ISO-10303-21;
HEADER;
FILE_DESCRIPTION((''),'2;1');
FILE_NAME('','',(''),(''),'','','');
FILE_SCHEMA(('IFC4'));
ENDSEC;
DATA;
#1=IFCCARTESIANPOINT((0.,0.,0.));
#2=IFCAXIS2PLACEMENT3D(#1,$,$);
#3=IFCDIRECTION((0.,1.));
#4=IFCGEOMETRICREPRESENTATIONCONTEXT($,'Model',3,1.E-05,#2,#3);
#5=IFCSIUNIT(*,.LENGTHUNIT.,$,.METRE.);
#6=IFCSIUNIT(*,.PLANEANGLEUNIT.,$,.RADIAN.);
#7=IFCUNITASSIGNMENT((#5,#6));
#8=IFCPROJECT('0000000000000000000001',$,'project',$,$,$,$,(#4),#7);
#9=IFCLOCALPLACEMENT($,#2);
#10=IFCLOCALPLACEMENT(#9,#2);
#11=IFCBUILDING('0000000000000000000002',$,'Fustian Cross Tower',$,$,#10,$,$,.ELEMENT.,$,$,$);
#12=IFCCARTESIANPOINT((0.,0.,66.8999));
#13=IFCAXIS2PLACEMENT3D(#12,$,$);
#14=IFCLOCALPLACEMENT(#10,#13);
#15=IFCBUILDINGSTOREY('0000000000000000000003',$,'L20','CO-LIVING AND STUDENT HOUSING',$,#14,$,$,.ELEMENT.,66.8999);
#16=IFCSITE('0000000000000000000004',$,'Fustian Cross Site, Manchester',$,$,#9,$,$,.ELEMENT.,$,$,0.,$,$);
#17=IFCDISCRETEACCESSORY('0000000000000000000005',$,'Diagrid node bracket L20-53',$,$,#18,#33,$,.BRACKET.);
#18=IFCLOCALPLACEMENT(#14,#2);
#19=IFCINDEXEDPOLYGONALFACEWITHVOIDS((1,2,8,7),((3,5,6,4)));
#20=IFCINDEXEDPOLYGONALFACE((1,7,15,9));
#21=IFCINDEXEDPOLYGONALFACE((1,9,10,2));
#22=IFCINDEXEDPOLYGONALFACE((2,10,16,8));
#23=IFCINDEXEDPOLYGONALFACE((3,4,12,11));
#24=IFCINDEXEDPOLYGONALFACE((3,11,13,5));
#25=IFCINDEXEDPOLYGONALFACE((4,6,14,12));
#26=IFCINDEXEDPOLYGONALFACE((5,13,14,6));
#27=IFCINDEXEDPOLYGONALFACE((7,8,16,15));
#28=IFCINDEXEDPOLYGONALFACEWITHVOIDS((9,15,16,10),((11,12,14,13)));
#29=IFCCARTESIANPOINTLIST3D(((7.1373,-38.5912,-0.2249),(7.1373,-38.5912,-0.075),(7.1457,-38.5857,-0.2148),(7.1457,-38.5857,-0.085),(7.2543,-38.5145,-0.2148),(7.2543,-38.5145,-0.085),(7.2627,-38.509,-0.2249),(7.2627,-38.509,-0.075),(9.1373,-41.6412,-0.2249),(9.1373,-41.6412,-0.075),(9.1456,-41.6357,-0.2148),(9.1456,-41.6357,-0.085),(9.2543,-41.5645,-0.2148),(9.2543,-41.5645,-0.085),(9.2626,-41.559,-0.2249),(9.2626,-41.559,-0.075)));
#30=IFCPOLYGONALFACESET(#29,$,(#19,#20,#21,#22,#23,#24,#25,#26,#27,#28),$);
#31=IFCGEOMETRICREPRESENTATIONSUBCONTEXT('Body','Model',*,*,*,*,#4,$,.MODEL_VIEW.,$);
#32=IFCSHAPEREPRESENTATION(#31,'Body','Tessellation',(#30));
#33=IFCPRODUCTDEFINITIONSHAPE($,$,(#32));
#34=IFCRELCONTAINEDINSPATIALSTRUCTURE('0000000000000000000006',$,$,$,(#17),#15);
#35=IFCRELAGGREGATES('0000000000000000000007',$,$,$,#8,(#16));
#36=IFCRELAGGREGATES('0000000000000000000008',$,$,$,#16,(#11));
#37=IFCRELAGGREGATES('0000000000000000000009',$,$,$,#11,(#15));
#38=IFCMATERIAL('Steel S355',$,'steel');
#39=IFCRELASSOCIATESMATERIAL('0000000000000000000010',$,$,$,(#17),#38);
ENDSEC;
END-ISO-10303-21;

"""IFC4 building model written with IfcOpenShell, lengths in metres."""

from ifc_helpers import new_model, si_unit, direction, frame, origin, origin_2d, place, context, subcontext, project, spatial, hollow_rectangle, extrude, material, element, save


model = new_model("IFC4")

# Units and contexts
model_context = context("Model", 3, precision=1e-05, world=origin(), true_north=direction((0.0, 1.0)))
body_context = subcontext(model_context, "Body", "Model", "MODEL_VIEW")
ifc_project = project(units=[si_unit("LENGTHUNIT", "METRE"), si_unit("PLANEANGLEUNIT", "RADIAN")], contexts=[model_context])

# Site, building, storey
site_placement = place(None, origin())
site = spatial("IfcSite", under=ifc_project, at=site_placement, Name="Fustian Cross Site, Manchester", CompositionType="ELEMENT", RefElevation=0.0)
building_placement = place(site_placement, origin())
building = spatial("IfcBuilding", under=site, at=building_placement, Name="Fustian Cross Tower", CompositionType="ELEMENT")
storey_placement = place(building_placement, frame((0.0, 0.0, 66.8999)))
storey = spatial("IfcBuildingStorey", under=building, at=storey_placement, Name="L20", Description="CO-LIVING AND STUDENT HOUSING", CompositionType="ELEMENT", Elevation=66.8999)

# Discrete accessory
ifc_material_1 = material(Name="Steel S355", Category="steel")
discrete_accessory_1_placement = place(storey_placement, frame((9.2, -41.6001, -0.1499), z_axis=(-0.548351, 0.836248, 0.0), x_axis=(-0.836248, -0.548351, 0.0)))
element("IfcDiscreteAccessory", 1, at=discrete_accessory_1_placement, inside=storey, material=ifc_material_1, Name="Diagrid node bracket L20-53", PredefinedType="BRACKET", context=body_context, shape_type="SweptSolid", body=[
    extrude(hollow_rectangle(XDim=0.1499, YDim=0.1499, WallThickness=0.01, at=origin_2d()), origin(), (0.0, 0.0, 1.0), 3.6472),
])

save(model, "model.ifc")
